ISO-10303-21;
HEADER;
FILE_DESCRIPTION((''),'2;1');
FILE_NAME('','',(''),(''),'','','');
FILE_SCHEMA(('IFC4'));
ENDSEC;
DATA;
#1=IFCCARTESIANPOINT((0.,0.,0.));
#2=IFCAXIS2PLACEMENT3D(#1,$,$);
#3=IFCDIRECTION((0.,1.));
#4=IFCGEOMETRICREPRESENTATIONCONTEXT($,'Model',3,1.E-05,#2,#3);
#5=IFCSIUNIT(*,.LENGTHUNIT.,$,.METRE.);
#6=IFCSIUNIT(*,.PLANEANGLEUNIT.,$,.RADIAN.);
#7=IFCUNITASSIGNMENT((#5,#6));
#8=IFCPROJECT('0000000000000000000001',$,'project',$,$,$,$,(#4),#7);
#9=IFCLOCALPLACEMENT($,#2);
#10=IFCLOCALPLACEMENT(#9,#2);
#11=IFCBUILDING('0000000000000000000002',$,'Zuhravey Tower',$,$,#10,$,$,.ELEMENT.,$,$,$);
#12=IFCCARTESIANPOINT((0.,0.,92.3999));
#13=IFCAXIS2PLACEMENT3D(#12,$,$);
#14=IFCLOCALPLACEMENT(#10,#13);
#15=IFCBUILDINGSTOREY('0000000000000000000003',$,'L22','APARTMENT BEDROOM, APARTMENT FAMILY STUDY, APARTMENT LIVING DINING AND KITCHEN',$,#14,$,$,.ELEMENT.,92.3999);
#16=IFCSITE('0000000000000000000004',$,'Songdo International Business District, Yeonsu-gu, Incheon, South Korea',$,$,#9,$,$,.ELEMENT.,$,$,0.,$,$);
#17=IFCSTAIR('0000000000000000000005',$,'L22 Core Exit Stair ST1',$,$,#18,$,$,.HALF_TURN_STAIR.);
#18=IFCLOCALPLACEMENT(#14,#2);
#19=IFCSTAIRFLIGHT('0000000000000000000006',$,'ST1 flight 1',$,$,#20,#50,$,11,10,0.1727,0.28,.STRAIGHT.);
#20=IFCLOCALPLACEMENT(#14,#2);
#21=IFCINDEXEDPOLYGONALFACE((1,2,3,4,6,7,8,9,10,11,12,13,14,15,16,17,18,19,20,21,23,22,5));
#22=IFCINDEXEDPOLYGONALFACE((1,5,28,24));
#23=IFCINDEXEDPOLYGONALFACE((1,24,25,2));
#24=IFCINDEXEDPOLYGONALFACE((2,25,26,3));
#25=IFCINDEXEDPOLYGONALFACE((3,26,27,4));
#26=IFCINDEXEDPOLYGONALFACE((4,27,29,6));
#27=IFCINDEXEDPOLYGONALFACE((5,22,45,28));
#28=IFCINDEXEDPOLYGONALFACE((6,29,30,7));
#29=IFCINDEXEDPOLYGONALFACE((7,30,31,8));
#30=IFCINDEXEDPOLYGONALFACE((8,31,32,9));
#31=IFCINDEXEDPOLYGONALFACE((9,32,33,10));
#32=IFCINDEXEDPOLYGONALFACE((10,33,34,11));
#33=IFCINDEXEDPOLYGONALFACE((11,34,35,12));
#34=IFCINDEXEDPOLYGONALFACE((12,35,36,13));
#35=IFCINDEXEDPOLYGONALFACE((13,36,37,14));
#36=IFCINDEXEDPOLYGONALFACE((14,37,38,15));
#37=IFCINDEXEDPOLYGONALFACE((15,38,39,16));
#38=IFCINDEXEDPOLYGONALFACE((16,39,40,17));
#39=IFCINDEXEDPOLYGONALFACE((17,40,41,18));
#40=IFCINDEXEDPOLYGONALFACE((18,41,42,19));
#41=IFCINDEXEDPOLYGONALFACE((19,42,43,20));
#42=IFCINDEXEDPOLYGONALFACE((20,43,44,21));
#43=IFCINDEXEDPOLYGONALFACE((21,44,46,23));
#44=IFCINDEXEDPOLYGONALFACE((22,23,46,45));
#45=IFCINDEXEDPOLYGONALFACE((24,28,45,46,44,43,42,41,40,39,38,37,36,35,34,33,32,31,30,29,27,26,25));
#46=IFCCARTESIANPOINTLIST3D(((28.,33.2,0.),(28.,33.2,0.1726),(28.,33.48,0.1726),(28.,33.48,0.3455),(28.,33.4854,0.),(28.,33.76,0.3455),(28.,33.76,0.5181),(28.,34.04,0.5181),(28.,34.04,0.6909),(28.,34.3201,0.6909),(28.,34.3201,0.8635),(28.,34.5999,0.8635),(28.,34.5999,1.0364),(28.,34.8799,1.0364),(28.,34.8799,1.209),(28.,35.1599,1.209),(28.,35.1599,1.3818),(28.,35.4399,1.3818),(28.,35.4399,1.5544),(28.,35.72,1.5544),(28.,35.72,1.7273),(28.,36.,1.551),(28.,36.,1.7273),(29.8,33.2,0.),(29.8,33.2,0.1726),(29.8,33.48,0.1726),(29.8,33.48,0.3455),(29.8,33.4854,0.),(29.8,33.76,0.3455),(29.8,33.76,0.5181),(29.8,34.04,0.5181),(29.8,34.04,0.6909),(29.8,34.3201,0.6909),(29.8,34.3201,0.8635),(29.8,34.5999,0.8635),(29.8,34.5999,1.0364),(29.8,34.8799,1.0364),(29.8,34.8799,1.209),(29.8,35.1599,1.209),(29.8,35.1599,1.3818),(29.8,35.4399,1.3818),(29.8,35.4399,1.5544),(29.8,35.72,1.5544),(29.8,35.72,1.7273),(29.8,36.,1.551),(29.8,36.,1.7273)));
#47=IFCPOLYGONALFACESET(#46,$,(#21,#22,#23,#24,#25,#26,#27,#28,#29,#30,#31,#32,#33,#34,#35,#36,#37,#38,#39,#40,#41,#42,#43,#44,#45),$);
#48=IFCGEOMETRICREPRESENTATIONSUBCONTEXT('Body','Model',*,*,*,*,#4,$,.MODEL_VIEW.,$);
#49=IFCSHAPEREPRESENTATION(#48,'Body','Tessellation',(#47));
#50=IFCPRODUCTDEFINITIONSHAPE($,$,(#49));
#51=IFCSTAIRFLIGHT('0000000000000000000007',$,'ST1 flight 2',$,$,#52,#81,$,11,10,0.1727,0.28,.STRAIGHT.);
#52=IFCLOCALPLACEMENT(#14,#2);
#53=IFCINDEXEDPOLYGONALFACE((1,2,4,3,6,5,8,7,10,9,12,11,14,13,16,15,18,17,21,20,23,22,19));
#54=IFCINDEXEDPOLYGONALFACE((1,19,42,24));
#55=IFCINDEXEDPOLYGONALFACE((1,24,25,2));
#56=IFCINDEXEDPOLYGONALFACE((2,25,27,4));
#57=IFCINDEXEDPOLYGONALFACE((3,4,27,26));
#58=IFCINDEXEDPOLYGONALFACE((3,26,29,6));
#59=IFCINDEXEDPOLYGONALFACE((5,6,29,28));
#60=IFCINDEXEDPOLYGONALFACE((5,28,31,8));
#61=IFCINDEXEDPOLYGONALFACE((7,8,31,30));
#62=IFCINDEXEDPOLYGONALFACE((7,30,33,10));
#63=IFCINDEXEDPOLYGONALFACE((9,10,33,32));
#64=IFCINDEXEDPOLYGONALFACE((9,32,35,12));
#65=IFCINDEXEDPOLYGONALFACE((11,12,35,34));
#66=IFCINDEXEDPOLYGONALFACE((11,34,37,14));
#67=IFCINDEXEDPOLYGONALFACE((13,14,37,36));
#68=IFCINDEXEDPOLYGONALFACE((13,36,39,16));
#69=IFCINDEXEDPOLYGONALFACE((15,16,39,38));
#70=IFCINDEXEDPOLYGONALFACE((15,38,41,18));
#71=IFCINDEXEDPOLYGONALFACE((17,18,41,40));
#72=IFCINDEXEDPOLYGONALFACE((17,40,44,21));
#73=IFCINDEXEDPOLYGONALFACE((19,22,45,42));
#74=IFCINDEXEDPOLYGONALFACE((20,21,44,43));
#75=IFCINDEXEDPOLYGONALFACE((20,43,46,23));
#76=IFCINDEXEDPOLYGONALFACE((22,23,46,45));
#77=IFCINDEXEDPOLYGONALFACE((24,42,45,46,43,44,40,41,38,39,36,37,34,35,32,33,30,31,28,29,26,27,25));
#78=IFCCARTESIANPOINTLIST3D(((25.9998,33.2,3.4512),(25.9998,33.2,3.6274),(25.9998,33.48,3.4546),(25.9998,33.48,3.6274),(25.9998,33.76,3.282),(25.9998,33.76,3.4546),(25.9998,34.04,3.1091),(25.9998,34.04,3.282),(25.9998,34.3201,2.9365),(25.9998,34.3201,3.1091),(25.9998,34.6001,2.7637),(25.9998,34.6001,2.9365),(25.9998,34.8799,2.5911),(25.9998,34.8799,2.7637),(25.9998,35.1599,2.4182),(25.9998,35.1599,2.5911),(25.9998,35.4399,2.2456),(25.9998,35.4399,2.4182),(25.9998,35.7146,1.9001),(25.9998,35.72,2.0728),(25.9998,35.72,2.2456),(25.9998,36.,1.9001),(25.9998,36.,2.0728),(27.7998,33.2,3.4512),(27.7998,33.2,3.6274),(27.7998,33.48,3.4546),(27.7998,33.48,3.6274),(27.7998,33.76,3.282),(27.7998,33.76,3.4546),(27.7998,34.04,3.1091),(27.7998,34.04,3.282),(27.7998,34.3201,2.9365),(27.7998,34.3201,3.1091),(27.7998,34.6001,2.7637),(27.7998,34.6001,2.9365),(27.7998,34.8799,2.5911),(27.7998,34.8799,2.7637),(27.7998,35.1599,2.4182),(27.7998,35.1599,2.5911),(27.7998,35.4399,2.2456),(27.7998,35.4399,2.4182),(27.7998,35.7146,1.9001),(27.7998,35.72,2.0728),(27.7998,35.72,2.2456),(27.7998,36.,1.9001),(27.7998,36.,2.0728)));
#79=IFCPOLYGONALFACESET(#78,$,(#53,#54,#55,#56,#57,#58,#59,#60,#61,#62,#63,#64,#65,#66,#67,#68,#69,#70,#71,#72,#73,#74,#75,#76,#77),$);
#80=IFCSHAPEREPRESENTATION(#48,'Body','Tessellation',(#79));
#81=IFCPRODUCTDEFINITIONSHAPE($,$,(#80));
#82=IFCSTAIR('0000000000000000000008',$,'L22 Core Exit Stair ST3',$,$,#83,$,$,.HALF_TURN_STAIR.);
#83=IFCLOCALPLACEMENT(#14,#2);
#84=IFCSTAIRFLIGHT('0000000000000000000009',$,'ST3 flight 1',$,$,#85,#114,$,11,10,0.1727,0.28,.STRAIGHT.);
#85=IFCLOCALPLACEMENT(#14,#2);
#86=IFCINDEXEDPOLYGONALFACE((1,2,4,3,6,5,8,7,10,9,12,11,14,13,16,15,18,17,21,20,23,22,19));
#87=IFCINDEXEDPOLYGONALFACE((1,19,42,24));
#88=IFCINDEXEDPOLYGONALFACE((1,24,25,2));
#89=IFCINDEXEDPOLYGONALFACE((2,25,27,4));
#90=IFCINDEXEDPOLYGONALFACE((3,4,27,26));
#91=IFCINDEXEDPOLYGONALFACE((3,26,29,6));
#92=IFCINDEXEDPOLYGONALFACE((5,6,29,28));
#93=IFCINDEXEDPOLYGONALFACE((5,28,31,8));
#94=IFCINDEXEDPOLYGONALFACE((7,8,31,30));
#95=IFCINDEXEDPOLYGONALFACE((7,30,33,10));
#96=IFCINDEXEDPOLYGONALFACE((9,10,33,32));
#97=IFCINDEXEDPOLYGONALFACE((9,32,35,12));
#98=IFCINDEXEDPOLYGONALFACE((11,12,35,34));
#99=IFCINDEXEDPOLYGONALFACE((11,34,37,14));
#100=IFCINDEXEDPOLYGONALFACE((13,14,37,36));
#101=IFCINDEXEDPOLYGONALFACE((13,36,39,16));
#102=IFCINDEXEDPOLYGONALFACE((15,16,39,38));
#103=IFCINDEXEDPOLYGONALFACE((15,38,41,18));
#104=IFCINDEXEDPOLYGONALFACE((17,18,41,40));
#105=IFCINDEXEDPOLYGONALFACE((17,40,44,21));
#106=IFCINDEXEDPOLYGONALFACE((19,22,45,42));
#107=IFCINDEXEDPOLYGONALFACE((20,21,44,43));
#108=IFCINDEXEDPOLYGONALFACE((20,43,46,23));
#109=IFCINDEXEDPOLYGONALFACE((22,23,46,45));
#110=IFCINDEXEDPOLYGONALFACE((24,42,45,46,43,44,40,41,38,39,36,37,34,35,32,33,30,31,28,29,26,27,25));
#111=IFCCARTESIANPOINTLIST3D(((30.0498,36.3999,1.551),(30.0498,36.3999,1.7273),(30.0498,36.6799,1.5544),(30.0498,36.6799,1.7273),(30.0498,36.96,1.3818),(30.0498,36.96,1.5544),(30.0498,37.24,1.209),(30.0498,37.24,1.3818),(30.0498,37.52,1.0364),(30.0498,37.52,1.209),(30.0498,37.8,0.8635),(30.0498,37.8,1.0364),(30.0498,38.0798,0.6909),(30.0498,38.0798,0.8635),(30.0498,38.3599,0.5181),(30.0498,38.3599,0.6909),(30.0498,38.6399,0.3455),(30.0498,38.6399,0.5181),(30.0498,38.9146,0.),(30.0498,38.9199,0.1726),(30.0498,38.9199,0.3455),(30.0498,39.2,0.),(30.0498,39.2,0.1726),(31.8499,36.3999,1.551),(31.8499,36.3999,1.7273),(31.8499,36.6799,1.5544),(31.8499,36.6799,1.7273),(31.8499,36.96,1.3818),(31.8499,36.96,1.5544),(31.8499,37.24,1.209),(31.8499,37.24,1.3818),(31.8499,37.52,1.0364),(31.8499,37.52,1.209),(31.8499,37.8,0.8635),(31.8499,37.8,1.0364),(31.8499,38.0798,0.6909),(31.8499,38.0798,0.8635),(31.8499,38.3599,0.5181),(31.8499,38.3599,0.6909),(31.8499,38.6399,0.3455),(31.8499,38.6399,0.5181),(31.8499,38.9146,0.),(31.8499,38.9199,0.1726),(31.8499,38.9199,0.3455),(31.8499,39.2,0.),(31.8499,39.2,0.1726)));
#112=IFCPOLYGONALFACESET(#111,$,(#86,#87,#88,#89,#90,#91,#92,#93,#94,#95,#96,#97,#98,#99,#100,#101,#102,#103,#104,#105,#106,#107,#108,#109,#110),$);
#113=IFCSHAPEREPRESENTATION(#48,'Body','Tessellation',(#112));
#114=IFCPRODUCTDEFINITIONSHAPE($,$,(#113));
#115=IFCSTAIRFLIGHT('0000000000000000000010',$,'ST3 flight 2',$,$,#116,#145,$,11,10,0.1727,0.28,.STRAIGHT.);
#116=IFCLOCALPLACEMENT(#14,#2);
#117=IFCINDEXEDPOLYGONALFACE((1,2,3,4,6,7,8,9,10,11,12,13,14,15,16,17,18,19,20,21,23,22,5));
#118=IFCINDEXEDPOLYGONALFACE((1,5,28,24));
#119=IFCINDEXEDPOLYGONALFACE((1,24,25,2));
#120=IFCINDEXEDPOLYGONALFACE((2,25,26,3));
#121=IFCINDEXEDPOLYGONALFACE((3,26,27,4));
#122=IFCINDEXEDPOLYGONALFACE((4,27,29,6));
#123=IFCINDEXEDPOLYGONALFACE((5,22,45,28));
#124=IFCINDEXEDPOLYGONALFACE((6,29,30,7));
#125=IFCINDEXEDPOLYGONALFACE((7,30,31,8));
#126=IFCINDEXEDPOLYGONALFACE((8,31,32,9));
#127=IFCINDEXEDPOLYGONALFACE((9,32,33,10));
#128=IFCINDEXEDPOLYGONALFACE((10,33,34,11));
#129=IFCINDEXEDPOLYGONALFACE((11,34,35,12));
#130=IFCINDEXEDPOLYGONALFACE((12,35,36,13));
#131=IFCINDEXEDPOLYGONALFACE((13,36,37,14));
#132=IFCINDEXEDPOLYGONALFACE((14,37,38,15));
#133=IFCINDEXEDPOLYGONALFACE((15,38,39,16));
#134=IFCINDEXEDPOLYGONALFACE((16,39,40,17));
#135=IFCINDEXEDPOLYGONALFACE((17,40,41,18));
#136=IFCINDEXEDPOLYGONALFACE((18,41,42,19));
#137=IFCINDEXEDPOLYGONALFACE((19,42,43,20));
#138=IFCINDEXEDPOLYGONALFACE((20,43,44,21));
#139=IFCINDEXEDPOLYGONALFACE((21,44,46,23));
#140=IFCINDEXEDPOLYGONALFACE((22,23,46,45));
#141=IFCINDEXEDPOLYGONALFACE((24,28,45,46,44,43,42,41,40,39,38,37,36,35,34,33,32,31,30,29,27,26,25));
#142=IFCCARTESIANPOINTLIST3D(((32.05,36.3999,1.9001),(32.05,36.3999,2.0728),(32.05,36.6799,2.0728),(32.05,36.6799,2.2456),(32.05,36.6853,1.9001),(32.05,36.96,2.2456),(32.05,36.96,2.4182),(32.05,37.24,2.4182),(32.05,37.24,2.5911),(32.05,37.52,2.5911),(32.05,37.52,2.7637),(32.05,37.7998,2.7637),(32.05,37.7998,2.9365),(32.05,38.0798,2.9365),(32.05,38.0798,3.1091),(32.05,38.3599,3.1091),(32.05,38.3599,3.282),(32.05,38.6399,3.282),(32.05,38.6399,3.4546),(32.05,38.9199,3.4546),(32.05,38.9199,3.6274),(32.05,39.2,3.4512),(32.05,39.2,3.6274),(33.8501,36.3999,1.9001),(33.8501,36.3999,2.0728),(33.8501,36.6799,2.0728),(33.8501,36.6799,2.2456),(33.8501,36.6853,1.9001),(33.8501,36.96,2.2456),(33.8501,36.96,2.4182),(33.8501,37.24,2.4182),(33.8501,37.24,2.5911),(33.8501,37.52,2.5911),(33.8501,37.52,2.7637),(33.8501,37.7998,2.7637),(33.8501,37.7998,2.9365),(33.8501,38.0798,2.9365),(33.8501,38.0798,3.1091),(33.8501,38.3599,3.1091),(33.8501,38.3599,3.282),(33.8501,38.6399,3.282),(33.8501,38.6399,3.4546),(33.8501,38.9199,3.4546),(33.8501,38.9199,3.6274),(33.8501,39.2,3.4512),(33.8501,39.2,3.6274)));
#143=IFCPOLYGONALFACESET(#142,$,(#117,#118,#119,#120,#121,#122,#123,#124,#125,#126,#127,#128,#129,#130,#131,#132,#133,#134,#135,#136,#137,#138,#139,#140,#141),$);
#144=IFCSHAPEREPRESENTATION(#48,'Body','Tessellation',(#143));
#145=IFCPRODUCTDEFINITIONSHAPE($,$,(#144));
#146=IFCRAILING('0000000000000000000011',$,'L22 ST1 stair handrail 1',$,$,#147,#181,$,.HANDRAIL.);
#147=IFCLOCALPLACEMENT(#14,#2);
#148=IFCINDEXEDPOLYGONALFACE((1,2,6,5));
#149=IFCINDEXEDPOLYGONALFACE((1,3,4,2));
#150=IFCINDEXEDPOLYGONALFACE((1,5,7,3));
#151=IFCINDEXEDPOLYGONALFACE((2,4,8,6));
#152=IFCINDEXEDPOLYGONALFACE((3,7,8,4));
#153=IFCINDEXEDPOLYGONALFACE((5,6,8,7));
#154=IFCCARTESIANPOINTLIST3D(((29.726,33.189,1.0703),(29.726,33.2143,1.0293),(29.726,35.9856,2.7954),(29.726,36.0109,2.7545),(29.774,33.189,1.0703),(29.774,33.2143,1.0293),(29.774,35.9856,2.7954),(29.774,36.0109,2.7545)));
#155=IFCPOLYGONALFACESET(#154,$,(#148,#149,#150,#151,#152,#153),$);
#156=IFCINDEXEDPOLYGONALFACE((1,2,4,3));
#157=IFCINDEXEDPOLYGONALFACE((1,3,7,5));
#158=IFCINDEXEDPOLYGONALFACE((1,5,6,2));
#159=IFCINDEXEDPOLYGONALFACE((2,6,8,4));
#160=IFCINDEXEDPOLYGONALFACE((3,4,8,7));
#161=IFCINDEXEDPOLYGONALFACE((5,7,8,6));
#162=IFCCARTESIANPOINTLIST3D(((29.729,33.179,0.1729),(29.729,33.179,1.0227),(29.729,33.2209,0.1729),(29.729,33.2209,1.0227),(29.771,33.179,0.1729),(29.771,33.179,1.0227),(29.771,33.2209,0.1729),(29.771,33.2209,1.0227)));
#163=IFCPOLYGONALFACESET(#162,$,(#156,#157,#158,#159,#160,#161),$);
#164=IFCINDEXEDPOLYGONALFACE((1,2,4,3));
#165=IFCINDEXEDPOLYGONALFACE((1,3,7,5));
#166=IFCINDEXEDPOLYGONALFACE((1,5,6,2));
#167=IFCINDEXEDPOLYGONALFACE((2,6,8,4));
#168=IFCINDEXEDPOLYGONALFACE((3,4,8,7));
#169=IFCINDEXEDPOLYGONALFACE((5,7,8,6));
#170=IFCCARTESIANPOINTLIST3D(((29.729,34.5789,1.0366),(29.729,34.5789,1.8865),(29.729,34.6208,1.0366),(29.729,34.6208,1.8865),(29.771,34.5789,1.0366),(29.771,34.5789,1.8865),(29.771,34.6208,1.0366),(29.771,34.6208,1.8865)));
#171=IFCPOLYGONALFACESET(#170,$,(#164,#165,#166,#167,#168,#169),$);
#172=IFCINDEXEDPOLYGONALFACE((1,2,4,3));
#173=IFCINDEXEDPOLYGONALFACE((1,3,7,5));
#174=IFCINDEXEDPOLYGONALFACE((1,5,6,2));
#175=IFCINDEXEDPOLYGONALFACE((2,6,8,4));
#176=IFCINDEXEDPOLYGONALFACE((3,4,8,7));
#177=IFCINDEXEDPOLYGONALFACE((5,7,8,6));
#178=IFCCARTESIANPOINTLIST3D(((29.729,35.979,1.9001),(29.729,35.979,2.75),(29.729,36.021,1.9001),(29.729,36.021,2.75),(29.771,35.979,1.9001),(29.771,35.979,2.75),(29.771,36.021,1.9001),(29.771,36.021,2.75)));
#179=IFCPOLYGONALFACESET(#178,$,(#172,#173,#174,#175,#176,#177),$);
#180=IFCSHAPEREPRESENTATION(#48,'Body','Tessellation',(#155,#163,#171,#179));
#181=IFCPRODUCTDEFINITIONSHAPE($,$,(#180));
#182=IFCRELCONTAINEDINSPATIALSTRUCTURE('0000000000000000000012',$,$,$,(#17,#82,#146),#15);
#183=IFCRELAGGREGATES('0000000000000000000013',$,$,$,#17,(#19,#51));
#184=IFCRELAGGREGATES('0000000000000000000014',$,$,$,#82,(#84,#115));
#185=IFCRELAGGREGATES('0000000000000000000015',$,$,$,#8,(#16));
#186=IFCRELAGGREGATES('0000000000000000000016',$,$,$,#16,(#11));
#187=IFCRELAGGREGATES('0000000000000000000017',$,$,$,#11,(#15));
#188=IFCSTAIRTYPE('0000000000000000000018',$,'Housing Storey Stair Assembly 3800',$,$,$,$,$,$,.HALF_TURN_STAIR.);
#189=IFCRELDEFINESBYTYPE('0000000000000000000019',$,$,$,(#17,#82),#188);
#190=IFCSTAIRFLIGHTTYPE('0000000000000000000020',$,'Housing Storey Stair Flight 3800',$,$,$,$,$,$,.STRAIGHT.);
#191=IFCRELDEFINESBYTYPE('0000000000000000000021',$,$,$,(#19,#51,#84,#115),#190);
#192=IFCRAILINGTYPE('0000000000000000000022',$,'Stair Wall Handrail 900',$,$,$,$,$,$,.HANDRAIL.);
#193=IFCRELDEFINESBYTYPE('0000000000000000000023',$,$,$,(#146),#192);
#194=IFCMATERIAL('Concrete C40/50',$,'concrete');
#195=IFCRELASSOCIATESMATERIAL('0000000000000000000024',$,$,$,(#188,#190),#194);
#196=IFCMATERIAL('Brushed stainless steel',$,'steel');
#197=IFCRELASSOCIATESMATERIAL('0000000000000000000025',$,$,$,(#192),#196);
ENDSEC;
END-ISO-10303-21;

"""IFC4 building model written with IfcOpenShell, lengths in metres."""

from ifc_helpers import new_model, si_unit, direction, frame, origin, origin_2d, place, context, subcontext, project, spatial, polyline, rectangle, outline, extrude, material, type_object, element, aggregate, save


model = new_model("IFC4")

# Units and contexts
model_context = context("Model", 3, precision=1e-05, world=origin(), true_north=direction((0.0, 1.0)))
body_context = subcontext(model_context, "Body", "Model", "MODEL_VIEW")
ifc_project = project(units=[si_unit("LENGTHUNIT", "METRE"), si_unit("PLANEANGLEUNIT", "RADIAN")], contexts=[model_context])

# Site, building, storey
site_placement = place(None, origin())
site = spatial("IfcSite", under=ifc_project, at=site_placement, Name="Songdo International Business District, Yeonsu-gu, Incheon, South Korea", CompositionType="ELEMENT", RefElevation=0.0)
building_placement = place(site_placement, origin())
building = spatial("IfcBuilding", under=site, at=building_placement, Name="Zuhravey Tower", CompositionType="ELEMENT")
storey_placement = place(building_placement, frame((0.0, 0.0, 92.3999)))
storey = spatial("IfcBuildingStorey", under=building, at=storey_placement, Name="L22", Description="APARTMENT BEDROOM, APARTMENT FAMILY STUDY, APARTMENT LIVING DINING AND KITCHEN", CompositionType="ELEMENT", Elevation=92.3999)

# Stairs, stair flights
ifc_material_1 = material(Name="Concrete C40/50", Category="concrete")
stair_type = type_object("IfcStairType", Name="Housing Storey Stair Assembly 3800", PredefinedType="HALF_TURN_STAIR", material=ifc_material_1)
stair_1_placement = place(storey_placement, origin())
stair_1 = element("IfcStair", 1, at=stair_1_placement, inside=storey, type_object=stair_type, Name="L22 Core Exit Stair ST1", PredefinedType="HALF_TURN_STAIR")
stair_flight_type = type_object("IfcStairFlightType", Name="Housing Storey Stair Flight 3800", PredefinedType="STRAIGHT", material=ifc_material_1)
stair_flight_1_placement = place(storey_placement, frame((28.8999, 33.2, 0.0), z_axis=(0.0, 0.0, 1.0), x_axis=(0.0, 1.0, 0.0)))
stair_flight_1 = element("IfcStairFlight", 2, at=stair_flight_1_placement, type_object=stair_flight_type, Name="ST1 flight 1", NumberOfRisers=11, NumberOfTreads=10, PredefinedType="STRAIGHT", RiserHeight=0.1727, TreadLength=0.28, context=body_context, shape_type="SweptSolid", body=[
    extrude(outline(polyline([(0.0, 0.0), (0.0, 0.1726), (0.28, 0.1726), (0.28, 0.3455), (0.5601, 0.3455), (0.5601, 0.5181), (0.8401, 0.5181), (0.8401, 0.6909), (1.1201, 0.6909), (1.1201, 0.8635), (1.3999, 0.8635), (1.3999, 1.0364), (1.6799, 1.0364), (1.6799, 1.209), (1.96, 1.209), (1.96, 1.3818), (2.24, 1.3818), (2.24, 1.5544), (2.52, 1.5544), (2.52, 1.7273), (2.8, 1.7273), (2.8, 1.8999), (2.8, 1.551), (0.2854, 0.0), (0.0, 0.0)])), frame((0.0, 0.8999, 0.0), z_axis=(0.0, -1.0, 0.0), x_axis=(1.0, 0.0, 0.0)), (0.0, 0.0, 1.0), 1.8),
])
stair_flight_2_placement = place(storey_placement, frame((26.8999, 36.0, 1.9001), z_axis=(0.0, 0.0, 1.0), x_axis=(0.0, -1.0, 0.0)))
stair_flight_2 = element("IfcStairFlight", 3, at=stair_flight_2_placement, type_object=stair_flight_type, Name="ST1 flight 2", NumberOfRisers=11, NumberOfTreads=10, PredefinedType="STRAIGHT", RiserHeight=0.1727, TreadLength=0.28, context=body_context, shape_type="SweptSolid", body=[
    extrude(outline(polyline([(0.0, 0.0), (0.0, 0.1726), (0.28, 0.1726), (0.28, 0.3455), (0.5601, 0.3455), (0.5601, 0.5181), (0.8401, 0.5181), (0.8401, 0.6909), (1.1201, 0.6909), (1.1201, 0.8635), (1.3999, 0.8635), (1.3999, 1.0364), (1.6799, 1.0364), (1.6799, 1.209), (1.96, 1.209), (1.96, 1.3818), (2.24, 1.3818), (2.24, 1.5544), (2.52, 1.5544), (2.52, 1.7273), (2.8, 1.7273), (2.8, 1.8999), (2.8, 1.551), (0.2854, 0.0), (0.0, 0.0)])), frame((0.0, 0.8999, 0.0), z_axis=(0.0, -1.0, 0.0), x_axis=(1.0, 0.0, 0.0)), (0.0, 0.0, 1.0), 1.8),
])
aggregate(stair_1, [stair_flight_1, stair_flight_2])
stair_2_placement = place(storey_placement, origin())
stair_2 = element("IfcStair", 4, at=stair_2_placement, inside=storey, type_object=stair_type, Name="L22 Core Exit Stair ST3", PredefinedType="HALF_TURN_STAIR")
stair_flight_3_placement = place(storey_placement, frame((30.95, 39.2, 0.0), z_axis=(0.0, 0.0, 1.0), x_axis=(0.0, -1.0, 0.0)))
stair_flight_3 = element("IfcStairFlight", 5, at=stair_flight_3_placement, type_object=stair_flight_type, Name="ST3 flight 1", NumberOfRisers=11, NumberOfTreads=10, PredefinedType="STRAIGHT", RiserHeight=0.1727, TreadLength=0.28, context=body_context, shape_type="SweptSolid", body=[
    extrude(outline(polyline([(0.0, 0.0), (0.0, 0.1726), (0.28, 0.1726), (0.28, 0.3455), (0.5601, 0.3455), (0.5601, 0.5181), (0.8401, 0.5181), (0.8401, 0.6909), (1.1201, 0.6909), (1.1201, 0.8635), (1.3999, 0.8635), (1.3999, 1.0364), (1.6799, 1.0364), (1.6799, 1.209), (1.96, 1.209), (1.96, 1.3818), (2.24, 1.3818), (2.24, 1.5544), (2.52, 1.5544), (2.52, 1.7273), (2.8, 1.7273), (2.8, 1.8999), (2.8, 1.551), (0.2854, 0.0), (0.0, 0.0)])), frame((0.0, 0.8999, 0.0), z_axis=(0.0, -1.0, 0.0), x_axis=(1.0, 0.0, 0.0)), (0.0, 0.0, 1.0), 1.8),
])
stair_flight_4_placement = place(storey_placement, frame((32.95, 36.3999, 1.9001), z_axis=(0.0, 0.0, 1.0), x_axis=(0.0, 1.0, 0.0)))
stair_flight_4 = element("IfcStairFlight", 6, at=stair_flight_4_placement, type_object=stair_flight_type, Name="ST3 flight 2", NumberOfRisers=11, NumberOfTreads=10, PredefinedType="STRAIGHT", RiserHeight=0.1727, TreadLength=0.28, context=body_context, shape_type="SweptSolid", body=[
    extrude(outline(polyline([(0.0, 0.0), (0.0, 0.1726), (0.28, 0.1726), (0.28, 0.3455), (0.5601, 0.3455), (0.5601, 0.5181), (0.8401, 0.5181), (0.8401, 0.6909), (1.1201, 0.6909), (1.1201, 0.8635), (1.3999, 0.8635), (1.3999, 1.0364), (1.6799, 1.0364), (1.6799, 1.209), (1.96, 1.209), (1.96, 1.3818), (2.24, 1.3818), (2.24, 1.5544), (2.52, 1.5544), (2.52, 1.7273), (2.8, 1.7273), (2.8, 1.8999), (2.8, 1.551), (0.2854, 0.0), (0.0, 0.0)])), frame((0.0, 0.8999, 0.0), z_axis=(0.0, -1.0, 0.0), x_axis=(1.0, 0.0, 0.0)), (0.0, 0.0, 1.0), 1.8),
])
aggregate(stair_2, [stair_flight_3, stair_flight_4])

# Railing
ifc_material_2 = material(Name="Brushed stainless steel", Category="steel")
railing_type_1 = type_object("IfcRailingType", Name="Stair Wall Handrail 900", PredefinedType="HANDRAIL", material=ifc_material_2)
railing_1_placement = place(storey_placement, frame((29.75, 33.2, 0.1729)))
element("IfcRailing", 7, at=railing_1_placement, inside=storey, type_object=railing_type_1, Name="L22 ST1 stair handrail 1", PredefinedType="HANDRAIL", context=body_context, shape_type="SweptSolid", body=[
    extrude(rectangle(XDim=0.0481, YDim=0.0481, at=origin_2d()), frame((0.0, 0.0017, 0.877), z_axis=(0.0, 0.85109, 0.52502), x_axis=(-1.0, 0.0, 0.0)), (0.0, 0.0, 1.0), 3.2859),
    extrude(rectangle(XDim=0.042, YDim=0.042, at=origin_2d()), origin(), (0.0, 0.0, 1.0), 0.8499),
    extrude(rectangle(XDim=0.042, YDim=0.042, at=origin_2d()), frame((0.0, 1.3999, 0.8638)), (0.0, 0.0, 1.0), 0.8499),
    extrude(rectangle(XDim=0.042, YDim=0.042, at=origin_2d()), frame((0.0, 2.8, 1.7273)), (0.0, 0.0, 1.0), 0.8499),
])

save(model, "model.ifc")
